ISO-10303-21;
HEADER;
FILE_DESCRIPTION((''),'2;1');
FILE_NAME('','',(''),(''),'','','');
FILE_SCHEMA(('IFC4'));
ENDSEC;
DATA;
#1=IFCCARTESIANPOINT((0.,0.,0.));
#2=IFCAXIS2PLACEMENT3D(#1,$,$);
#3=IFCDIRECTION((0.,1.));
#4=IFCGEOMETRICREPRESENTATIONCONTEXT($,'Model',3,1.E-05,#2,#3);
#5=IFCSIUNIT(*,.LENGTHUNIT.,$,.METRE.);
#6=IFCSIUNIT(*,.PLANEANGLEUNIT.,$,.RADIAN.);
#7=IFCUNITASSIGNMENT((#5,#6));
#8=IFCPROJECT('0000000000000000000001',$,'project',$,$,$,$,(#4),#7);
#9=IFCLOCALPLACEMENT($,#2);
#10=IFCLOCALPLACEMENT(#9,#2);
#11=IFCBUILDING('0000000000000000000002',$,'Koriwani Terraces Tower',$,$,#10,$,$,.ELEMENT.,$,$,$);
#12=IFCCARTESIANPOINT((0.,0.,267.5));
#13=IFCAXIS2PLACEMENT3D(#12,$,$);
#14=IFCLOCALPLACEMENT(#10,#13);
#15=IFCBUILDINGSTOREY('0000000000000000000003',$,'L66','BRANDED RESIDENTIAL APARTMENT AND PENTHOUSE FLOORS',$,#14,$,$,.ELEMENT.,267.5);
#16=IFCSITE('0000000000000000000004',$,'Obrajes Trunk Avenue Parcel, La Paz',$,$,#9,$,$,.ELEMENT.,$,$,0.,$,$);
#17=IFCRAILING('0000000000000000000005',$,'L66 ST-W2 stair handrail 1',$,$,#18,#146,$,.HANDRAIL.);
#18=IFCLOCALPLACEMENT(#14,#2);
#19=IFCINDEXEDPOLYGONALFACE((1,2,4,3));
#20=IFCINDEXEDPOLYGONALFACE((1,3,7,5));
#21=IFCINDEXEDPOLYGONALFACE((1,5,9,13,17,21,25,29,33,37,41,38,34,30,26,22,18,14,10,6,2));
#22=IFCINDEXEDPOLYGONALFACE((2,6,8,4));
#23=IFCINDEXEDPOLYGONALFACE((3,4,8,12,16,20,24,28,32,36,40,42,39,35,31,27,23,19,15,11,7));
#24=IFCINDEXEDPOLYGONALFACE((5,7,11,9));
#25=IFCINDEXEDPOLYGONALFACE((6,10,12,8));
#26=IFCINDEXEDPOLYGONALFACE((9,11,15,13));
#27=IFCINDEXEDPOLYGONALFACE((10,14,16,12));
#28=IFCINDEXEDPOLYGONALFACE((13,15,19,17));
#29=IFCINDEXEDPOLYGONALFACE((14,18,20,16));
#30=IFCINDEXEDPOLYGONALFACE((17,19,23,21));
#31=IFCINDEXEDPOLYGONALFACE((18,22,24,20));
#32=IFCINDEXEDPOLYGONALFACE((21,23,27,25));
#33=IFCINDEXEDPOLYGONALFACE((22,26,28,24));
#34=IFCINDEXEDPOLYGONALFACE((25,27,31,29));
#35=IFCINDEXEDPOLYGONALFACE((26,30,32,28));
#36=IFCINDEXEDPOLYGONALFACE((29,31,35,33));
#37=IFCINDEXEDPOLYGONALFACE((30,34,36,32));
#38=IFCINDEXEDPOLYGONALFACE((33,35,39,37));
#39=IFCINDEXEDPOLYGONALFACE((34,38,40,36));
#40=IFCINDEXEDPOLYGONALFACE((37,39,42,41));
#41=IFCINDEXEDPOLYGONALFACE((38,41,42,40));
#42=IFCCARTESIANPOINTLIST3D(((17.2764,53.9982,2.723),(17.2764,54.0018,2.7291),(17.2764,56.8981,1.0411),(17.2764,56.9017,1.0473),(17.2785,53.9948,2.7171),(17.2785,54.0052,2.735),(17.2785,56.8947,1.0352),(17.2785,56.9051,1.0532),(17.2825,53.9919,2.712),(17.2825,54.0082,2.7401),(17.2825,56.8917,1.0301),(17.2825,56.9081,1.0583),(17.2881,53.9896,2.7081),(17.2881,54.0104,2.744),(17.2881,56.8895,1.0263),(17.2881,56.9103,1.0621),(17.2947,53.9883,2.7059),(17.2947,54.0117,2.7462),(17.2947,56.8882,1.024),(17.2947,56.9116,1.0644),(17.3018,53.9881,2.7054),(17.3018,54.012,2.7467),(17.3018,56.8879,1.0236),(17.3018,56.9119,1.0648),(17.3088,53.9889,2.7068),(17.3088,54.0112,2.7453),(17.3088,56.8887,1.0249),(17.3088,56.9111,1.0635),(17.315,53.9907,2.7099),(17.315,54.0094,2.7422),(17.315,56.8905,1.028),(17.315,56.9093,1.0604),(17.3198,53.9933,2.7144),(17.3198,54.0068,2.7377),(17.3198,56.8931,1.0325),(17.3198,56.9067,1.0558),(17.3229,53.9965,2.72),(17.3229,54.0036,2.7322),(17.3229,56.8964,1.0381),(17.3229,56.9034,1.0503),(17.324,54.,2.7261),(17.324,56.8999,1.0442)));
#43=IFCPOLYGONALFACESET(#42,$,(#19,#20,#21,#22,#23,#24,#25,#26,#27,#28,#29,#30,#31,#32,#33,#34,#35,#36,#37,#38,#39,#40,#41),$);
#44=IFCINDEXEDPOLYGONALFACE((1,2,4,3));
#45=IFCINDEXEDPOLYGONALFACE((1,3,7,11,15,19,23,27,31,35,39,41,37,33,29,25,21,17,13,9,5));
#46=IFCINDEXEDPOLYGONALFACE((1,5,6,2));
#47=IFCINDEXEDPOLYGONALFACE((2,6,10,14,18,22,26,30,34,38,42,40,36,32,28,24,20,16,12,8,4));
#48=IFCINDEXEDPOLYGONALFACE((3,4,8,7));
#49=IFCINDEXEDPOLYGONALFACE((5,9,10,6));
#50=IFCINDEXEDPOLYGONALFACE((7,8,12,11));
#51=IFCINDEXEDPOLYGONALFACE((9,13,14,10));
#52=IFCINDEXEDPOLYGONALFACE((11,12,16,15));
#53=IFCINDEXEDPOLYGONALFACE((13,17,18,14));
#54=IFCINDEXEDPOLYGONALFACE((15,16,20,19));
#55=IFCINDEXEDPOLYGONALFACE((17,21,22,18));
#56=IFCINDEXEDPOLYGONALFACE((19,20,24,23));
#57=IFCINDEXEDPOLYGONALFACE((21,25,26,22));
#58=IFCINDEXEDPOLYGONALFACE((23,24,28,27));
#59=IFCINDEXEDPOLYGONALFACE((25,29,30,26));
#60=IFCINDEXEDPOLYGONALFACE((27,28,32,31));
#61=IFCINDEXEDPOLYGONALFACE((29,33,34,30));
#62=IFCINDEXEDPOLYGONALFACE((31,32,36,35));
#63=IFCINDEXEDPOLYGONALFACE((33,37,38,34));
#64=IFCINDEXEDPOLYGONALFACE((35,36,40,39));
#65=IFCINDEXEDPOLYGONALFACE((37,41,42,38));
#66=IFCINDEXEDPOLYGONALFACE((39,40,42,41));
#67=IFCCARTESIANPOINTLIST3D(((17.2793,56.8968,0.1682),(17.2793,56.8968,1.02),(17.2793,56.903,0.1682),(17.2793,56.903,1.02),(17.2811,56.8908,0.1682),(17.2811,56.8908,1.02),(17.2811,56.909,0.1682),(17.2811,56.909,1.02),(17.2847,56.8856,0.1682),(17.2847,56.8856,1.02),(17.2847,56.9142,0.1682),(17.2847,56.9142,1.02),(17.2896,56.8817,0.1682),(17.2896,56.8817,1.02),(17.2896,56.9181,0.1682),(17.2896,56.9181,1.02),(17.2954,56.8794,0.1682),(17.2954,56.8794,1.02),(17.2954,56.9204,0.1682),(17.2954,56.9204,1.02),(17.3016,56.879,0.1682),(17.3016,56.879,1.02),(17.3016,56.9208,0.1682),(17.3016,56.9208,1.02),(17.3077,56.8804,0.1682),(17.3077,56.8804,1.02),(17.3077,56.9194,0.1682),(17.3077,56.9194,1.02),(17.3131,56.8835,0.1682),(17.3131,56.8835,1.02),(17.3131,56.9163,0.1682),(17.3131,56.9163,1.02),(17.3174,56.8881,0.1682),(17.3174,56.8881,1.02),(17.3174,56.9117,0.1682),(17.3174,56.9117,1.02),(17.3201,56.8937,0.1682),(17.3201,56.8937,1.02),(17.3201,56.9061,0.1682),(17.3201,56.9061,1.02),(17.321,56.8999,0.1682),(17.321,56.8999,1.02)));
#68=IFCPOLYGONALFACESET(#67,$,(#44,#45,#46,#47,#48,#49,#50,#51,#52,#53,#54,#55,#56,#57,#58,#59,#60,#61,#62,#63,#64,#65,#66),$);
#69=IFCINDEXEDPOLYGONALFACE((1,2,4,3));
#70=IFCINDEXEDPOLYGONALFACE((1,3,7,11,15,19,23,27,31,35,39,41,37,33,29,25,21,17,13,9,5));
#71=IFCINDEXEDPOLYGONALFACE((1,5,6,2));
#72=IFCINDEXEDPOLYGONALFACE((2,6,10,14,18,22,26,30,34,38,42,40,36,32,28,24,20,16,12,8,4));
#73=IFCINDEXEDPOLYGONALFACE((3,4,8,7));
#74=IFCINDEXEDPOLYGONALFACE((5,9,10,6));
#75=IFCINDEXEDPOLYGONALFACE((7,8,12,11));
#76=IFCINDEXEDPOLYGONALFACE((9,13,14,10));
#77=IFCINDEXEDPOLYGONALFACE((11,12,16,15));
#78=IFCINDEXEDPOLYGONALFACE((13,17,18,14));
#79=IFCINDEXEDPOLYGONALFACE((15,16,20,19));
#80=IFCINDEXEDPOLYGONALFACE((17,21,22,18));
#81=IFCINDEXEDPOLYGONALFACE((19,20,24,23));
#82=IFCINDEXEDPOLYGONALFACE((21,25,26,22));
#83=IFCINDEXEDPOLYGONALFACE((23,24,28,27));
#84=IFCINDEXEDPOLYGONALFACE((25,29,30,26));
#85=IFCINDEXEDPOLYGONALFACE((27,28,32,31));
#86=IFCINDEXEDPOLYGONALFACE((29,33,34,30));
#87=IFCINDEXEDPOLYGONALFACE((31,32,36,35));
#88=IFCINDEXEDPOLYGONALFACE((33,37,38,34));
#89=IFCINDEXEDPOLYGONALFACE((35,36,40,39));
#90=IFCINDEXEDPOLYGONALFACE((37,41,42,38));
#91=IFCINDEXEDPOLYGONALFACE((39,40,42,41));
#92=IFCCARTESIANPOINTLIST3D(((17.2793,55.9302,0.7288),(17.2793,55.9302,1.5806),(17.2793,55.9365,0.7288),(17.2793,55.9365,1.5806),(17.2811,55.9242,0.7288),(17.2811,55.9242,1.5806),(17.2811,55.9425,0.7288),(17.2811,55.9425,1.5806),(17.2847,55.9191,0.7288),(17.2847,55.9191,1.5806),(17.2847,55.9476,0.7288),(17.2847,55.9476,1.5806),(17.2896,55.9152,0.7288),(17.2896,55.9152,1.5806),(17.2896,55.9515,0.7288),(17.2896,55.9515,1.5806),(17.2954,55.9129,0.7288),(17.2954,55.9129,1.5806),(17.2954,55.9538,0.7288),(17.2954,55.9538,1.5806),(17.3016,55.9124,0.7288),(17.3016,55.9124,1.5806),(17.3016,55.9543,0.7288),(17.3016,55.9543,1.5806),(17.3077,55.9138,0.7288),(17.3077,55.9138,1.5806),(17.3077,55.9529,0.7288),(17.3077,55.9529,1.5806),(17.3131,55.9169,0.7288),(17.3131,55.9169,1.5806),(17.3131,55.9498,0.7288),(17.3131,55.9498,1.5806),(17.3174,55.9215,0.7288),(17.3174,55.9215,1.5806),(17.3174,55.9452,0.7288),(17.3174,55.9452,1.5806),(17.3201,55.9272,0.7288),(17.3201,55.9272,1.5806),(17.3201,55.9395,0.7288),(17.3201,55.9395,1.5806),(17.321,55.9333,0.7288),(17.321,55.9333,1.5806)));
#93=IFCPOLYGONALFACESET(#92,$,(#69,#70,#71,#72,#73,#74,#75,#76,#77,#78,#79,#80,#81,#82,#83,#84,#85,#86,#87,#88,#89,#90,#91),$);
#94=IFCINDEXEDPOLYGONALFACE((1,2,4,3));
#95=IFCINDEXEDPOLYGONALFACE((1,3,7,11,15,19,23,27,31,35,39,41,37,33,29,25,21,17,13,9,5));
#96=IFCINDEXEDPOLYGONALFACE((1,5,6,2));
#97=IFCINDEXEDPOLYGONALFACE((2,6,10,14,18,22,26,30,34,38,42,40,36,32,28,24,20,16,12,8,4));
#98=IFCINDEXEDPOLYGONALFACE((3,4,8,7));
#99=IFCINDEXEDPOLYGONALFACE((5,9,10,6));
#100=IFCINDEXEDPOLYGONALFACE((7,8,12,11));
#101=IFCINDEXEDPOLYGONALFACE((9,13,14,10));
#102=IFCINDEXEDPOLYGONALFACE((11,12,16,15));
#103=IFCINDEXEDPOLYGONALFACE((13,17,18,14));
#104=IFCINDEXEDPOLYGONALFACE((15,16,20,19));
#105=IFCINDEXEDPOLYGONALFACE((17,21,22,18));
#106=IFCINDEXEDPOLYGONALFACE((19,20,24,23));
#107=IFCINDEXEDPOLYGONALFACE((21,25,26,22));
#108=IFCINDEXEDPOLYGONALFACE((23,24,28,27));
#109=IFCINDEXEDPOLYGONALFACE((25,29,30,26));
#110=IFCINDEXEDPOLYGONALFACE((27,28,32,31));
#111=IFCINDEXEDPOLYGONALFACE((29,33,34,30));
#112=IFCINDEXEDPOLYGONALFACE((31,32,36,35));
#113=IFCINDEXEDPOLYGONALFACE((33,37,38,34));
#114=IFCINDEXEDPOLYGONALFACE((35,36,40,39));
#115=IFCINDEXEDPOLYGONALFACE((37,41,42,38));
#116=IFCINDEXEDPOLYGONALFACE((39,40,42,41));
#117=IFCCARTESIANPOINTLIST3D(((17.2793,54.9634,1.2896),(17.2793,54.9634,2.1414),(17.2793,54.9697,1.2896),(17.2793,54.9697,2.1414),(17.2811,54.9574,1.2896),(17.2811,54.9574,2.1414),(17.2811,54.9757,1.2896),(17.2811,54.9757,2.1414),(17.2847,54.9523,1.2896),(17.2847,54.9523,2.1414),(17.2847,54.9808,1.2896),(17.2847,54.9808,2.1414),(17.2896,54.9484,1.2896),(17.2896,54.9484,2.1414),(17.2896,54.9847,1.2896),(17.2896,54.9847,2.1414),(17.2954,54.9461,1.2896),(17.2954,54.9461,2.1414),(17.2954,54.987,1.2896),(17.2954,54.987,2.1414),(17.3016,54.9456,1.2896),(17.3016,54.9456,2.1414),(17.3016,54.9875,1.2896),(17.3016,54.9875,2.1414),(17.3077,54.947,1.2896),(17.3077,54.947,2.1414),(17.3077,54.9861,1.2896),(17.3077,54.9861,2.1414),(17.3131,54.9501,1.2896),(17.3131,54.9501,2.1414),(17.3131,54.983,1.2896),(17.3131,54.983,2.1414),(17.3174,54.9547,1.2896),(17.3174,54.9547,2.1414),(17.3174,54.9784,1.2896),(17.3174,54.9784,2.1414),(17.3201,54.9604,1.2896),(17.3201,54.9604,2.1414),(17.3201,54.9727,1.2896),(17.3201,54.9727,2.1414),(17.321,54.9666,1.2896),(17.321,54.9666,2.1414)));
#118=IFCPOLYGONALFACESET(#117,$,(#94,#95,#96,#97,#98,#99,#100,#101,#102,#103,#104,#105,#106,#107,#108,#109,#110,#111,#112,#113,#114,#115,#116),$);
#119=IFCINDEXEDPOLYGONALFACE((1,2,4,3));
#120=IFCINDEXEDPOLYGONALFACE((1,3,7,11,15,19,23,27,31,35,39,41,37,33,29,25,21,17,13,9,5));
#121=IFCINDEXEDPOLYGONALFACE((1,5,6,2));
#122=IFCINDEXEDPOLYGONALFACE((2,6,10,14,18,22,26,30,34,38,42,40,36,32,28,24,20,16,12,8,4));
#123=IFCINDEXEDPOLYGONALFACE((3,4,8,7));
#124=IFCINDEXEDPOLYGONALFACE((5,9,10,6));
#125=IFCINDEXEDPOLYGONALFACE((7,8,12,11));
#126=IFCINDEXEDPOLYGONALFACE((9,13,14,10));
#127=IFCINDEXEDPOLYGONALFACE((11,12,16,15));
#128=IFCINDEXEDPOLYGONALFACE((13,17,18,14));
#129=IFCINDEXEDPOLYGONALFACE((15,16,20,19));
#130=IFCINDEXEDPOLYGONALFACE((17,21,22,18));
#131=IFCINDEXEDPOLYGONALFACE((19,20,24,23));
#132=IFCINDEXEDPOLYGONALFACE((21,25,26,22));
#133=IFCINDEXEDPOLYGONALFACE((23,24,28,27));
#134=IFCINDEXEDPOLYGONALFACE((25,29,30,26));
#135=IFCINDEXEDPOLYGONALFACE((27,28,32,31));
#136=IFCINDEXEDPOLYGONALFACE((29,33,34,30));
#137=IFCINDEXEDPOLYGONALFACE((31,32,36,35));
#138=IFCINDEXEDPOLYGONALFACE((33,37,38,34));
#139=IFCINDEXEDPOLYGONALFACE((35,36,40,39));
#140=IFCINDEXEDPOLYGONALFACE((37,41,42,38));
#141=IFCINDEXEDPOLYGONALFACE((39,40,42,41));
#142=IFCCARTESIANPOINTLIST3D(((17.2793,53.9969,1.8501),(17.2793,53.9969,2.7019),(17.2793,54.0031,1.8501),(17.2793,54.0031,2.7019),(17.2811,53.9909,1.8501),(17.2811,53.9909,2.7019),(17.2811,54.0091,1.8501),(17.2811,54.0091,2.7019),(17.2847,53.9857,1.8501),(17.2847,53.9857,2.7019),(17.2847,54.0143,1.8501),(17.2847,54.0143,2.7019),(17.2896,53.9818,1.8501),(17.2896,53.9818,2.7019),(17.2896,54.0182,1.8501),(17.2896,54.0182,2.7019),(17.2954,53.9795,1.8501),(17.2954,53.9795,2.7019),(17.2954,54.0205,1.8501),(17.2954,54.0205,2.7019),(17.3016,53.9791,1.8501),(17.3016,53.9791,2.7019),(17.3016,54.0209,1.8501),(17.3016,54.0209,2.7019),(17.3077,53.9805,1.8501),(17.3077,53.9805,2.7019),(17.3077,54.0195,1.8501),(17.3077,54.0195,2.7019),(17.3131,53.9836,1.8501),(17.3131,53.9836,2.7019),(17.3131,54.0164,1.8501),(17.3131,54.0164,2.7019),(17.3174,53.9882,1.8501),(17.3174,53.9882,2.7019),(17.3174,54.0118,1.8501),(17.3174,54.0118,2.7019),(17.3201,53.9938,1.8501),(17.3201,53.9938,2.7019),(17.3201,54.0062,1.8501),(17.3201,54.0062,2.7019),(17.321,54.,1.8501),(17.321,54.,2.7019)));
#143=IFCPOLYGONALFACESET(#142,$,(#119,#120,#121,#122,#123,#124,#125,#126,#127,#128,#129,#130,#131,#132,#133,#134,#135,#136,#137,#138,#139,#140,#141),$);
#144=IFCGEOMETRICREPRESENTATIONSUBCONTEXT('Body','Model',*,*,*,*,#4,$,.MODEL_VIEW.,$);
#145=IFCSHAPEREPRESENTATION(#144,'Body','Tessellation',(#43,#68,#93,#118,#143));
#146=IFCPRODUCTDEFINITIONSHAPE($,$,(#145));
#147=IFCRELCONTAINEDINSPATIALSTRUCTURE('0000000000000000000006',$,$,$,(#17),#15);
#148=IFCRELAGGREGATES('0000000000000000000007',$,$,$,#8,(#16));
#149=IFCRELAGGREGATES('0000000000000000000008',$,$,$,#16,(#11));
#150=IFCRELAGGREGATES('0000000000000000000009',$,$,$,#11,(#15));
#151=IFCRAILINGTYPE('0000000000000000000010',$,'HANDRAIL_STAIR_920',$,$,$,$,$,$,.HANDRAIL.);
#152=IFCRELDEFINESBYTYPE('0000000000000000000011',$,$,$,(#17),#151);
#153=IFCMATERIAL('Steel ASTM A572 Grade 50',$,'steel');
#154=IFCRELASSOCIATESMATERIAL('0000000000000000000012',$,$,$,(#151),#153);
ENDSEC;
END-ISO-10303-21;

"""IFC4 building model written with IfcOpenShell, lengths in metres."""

from ifc_helpers import new_model, si_unit, direction, frame, origin, origin_2d, place, context, subcontext, project, spatial, circle, extrude, material, type_object, element, save


model = new_model("IFC4")

# Units and contexts
model_context = context("Model", 3, precision=1e-05, world=origin(), true_north=direction((0.0, 1.0)))
body_context = subcontext(model_context, "Body", "Model", "MODEL_VIEW")
ifc_project = project(units=[si_unit("LENGTHUNIT", "METRE"), si_unit("PLANEANGLEUNIT", "RADIAN")], contexts=[model_context])

# Site, building, storey
site_placement = place(None, origin())
site = spatial("IfcSite", under=ifc_project, at=site_placement, Name="Obrajes Trunk Avenue Parcel, La Paz", CompositionType="ELEMENT", RefElevation=0.0)
building_placement = place(site_placement, origin())
building = spatial("IfcBuilding", under=site, at=building_placement, Name="Koriwani Terraces Tower", CompositionType="ELEMENT")
storey_placement = place(building_placement, frame((0.0, 0.0, 267.5)))
storey = spatial("IfcBuildingStorey", under=building, at=storey_placement, Name="L66", Description="BRANDED RESIDENTIAL APARTMENT AND PENTHOUSE FLOORS", CompositionType="ELEMENT", Elevation=267.5)

# Shared definitions
ifc_material_1 = material(Name="Steel ASTM A572 Grade 50", Category="steel")

# Railing
railing_type_1 = type_object("IfcRailingType", Name="HANDRAIL_STAIR_920", PredefinedType="HANDRAIL", material=ifc_material_1)
railing_1_placement = place(storey_placement, frame((17.3, 56.8999, 0.1682)))
element("IfcRailing", 1, at=railing_1_placement, inside=storey, type_object=railing_type_1, Name="L66 ST-W2 stair handrail 1", PredefinedType="HANDRAIL", context=body_context, shape_type="SweptSolid", body=[
    extrude(circle(Radius=0.0239, at=origin_2d()), frame((0.0, 0.0, 0.876), z_axis=(0.0, -0.865039, 0.501705), x_axis=(1.0, 0.0, 0.0)), (0.0, 0.0, 1.0), 3.3523),
    extrude(circle(Radius=0.021, at=origin_2d()), origin(), (0.0, 0.0, 1.0), 0.8518),
    extrude(circle(Radius=0.021, at=origin_2d()), frame((0.0, -0.9666, 0.5605)), (0.0, 0.0, 1.0), 0.8518),
    extrude(circle(Radius=0.021, at=origin_2d()), frame((0.0, -1.9333, 1.1213)), (0.0, 0.0, 1.0), 0.8518),
    extrude(circle(Radius=0.021, at=origin_2d()), frame((0.0, -2.8999, 1.6819)), (0.0, 0.0, 1.0), 0.8518),
])

save(model, "model.ifc")
